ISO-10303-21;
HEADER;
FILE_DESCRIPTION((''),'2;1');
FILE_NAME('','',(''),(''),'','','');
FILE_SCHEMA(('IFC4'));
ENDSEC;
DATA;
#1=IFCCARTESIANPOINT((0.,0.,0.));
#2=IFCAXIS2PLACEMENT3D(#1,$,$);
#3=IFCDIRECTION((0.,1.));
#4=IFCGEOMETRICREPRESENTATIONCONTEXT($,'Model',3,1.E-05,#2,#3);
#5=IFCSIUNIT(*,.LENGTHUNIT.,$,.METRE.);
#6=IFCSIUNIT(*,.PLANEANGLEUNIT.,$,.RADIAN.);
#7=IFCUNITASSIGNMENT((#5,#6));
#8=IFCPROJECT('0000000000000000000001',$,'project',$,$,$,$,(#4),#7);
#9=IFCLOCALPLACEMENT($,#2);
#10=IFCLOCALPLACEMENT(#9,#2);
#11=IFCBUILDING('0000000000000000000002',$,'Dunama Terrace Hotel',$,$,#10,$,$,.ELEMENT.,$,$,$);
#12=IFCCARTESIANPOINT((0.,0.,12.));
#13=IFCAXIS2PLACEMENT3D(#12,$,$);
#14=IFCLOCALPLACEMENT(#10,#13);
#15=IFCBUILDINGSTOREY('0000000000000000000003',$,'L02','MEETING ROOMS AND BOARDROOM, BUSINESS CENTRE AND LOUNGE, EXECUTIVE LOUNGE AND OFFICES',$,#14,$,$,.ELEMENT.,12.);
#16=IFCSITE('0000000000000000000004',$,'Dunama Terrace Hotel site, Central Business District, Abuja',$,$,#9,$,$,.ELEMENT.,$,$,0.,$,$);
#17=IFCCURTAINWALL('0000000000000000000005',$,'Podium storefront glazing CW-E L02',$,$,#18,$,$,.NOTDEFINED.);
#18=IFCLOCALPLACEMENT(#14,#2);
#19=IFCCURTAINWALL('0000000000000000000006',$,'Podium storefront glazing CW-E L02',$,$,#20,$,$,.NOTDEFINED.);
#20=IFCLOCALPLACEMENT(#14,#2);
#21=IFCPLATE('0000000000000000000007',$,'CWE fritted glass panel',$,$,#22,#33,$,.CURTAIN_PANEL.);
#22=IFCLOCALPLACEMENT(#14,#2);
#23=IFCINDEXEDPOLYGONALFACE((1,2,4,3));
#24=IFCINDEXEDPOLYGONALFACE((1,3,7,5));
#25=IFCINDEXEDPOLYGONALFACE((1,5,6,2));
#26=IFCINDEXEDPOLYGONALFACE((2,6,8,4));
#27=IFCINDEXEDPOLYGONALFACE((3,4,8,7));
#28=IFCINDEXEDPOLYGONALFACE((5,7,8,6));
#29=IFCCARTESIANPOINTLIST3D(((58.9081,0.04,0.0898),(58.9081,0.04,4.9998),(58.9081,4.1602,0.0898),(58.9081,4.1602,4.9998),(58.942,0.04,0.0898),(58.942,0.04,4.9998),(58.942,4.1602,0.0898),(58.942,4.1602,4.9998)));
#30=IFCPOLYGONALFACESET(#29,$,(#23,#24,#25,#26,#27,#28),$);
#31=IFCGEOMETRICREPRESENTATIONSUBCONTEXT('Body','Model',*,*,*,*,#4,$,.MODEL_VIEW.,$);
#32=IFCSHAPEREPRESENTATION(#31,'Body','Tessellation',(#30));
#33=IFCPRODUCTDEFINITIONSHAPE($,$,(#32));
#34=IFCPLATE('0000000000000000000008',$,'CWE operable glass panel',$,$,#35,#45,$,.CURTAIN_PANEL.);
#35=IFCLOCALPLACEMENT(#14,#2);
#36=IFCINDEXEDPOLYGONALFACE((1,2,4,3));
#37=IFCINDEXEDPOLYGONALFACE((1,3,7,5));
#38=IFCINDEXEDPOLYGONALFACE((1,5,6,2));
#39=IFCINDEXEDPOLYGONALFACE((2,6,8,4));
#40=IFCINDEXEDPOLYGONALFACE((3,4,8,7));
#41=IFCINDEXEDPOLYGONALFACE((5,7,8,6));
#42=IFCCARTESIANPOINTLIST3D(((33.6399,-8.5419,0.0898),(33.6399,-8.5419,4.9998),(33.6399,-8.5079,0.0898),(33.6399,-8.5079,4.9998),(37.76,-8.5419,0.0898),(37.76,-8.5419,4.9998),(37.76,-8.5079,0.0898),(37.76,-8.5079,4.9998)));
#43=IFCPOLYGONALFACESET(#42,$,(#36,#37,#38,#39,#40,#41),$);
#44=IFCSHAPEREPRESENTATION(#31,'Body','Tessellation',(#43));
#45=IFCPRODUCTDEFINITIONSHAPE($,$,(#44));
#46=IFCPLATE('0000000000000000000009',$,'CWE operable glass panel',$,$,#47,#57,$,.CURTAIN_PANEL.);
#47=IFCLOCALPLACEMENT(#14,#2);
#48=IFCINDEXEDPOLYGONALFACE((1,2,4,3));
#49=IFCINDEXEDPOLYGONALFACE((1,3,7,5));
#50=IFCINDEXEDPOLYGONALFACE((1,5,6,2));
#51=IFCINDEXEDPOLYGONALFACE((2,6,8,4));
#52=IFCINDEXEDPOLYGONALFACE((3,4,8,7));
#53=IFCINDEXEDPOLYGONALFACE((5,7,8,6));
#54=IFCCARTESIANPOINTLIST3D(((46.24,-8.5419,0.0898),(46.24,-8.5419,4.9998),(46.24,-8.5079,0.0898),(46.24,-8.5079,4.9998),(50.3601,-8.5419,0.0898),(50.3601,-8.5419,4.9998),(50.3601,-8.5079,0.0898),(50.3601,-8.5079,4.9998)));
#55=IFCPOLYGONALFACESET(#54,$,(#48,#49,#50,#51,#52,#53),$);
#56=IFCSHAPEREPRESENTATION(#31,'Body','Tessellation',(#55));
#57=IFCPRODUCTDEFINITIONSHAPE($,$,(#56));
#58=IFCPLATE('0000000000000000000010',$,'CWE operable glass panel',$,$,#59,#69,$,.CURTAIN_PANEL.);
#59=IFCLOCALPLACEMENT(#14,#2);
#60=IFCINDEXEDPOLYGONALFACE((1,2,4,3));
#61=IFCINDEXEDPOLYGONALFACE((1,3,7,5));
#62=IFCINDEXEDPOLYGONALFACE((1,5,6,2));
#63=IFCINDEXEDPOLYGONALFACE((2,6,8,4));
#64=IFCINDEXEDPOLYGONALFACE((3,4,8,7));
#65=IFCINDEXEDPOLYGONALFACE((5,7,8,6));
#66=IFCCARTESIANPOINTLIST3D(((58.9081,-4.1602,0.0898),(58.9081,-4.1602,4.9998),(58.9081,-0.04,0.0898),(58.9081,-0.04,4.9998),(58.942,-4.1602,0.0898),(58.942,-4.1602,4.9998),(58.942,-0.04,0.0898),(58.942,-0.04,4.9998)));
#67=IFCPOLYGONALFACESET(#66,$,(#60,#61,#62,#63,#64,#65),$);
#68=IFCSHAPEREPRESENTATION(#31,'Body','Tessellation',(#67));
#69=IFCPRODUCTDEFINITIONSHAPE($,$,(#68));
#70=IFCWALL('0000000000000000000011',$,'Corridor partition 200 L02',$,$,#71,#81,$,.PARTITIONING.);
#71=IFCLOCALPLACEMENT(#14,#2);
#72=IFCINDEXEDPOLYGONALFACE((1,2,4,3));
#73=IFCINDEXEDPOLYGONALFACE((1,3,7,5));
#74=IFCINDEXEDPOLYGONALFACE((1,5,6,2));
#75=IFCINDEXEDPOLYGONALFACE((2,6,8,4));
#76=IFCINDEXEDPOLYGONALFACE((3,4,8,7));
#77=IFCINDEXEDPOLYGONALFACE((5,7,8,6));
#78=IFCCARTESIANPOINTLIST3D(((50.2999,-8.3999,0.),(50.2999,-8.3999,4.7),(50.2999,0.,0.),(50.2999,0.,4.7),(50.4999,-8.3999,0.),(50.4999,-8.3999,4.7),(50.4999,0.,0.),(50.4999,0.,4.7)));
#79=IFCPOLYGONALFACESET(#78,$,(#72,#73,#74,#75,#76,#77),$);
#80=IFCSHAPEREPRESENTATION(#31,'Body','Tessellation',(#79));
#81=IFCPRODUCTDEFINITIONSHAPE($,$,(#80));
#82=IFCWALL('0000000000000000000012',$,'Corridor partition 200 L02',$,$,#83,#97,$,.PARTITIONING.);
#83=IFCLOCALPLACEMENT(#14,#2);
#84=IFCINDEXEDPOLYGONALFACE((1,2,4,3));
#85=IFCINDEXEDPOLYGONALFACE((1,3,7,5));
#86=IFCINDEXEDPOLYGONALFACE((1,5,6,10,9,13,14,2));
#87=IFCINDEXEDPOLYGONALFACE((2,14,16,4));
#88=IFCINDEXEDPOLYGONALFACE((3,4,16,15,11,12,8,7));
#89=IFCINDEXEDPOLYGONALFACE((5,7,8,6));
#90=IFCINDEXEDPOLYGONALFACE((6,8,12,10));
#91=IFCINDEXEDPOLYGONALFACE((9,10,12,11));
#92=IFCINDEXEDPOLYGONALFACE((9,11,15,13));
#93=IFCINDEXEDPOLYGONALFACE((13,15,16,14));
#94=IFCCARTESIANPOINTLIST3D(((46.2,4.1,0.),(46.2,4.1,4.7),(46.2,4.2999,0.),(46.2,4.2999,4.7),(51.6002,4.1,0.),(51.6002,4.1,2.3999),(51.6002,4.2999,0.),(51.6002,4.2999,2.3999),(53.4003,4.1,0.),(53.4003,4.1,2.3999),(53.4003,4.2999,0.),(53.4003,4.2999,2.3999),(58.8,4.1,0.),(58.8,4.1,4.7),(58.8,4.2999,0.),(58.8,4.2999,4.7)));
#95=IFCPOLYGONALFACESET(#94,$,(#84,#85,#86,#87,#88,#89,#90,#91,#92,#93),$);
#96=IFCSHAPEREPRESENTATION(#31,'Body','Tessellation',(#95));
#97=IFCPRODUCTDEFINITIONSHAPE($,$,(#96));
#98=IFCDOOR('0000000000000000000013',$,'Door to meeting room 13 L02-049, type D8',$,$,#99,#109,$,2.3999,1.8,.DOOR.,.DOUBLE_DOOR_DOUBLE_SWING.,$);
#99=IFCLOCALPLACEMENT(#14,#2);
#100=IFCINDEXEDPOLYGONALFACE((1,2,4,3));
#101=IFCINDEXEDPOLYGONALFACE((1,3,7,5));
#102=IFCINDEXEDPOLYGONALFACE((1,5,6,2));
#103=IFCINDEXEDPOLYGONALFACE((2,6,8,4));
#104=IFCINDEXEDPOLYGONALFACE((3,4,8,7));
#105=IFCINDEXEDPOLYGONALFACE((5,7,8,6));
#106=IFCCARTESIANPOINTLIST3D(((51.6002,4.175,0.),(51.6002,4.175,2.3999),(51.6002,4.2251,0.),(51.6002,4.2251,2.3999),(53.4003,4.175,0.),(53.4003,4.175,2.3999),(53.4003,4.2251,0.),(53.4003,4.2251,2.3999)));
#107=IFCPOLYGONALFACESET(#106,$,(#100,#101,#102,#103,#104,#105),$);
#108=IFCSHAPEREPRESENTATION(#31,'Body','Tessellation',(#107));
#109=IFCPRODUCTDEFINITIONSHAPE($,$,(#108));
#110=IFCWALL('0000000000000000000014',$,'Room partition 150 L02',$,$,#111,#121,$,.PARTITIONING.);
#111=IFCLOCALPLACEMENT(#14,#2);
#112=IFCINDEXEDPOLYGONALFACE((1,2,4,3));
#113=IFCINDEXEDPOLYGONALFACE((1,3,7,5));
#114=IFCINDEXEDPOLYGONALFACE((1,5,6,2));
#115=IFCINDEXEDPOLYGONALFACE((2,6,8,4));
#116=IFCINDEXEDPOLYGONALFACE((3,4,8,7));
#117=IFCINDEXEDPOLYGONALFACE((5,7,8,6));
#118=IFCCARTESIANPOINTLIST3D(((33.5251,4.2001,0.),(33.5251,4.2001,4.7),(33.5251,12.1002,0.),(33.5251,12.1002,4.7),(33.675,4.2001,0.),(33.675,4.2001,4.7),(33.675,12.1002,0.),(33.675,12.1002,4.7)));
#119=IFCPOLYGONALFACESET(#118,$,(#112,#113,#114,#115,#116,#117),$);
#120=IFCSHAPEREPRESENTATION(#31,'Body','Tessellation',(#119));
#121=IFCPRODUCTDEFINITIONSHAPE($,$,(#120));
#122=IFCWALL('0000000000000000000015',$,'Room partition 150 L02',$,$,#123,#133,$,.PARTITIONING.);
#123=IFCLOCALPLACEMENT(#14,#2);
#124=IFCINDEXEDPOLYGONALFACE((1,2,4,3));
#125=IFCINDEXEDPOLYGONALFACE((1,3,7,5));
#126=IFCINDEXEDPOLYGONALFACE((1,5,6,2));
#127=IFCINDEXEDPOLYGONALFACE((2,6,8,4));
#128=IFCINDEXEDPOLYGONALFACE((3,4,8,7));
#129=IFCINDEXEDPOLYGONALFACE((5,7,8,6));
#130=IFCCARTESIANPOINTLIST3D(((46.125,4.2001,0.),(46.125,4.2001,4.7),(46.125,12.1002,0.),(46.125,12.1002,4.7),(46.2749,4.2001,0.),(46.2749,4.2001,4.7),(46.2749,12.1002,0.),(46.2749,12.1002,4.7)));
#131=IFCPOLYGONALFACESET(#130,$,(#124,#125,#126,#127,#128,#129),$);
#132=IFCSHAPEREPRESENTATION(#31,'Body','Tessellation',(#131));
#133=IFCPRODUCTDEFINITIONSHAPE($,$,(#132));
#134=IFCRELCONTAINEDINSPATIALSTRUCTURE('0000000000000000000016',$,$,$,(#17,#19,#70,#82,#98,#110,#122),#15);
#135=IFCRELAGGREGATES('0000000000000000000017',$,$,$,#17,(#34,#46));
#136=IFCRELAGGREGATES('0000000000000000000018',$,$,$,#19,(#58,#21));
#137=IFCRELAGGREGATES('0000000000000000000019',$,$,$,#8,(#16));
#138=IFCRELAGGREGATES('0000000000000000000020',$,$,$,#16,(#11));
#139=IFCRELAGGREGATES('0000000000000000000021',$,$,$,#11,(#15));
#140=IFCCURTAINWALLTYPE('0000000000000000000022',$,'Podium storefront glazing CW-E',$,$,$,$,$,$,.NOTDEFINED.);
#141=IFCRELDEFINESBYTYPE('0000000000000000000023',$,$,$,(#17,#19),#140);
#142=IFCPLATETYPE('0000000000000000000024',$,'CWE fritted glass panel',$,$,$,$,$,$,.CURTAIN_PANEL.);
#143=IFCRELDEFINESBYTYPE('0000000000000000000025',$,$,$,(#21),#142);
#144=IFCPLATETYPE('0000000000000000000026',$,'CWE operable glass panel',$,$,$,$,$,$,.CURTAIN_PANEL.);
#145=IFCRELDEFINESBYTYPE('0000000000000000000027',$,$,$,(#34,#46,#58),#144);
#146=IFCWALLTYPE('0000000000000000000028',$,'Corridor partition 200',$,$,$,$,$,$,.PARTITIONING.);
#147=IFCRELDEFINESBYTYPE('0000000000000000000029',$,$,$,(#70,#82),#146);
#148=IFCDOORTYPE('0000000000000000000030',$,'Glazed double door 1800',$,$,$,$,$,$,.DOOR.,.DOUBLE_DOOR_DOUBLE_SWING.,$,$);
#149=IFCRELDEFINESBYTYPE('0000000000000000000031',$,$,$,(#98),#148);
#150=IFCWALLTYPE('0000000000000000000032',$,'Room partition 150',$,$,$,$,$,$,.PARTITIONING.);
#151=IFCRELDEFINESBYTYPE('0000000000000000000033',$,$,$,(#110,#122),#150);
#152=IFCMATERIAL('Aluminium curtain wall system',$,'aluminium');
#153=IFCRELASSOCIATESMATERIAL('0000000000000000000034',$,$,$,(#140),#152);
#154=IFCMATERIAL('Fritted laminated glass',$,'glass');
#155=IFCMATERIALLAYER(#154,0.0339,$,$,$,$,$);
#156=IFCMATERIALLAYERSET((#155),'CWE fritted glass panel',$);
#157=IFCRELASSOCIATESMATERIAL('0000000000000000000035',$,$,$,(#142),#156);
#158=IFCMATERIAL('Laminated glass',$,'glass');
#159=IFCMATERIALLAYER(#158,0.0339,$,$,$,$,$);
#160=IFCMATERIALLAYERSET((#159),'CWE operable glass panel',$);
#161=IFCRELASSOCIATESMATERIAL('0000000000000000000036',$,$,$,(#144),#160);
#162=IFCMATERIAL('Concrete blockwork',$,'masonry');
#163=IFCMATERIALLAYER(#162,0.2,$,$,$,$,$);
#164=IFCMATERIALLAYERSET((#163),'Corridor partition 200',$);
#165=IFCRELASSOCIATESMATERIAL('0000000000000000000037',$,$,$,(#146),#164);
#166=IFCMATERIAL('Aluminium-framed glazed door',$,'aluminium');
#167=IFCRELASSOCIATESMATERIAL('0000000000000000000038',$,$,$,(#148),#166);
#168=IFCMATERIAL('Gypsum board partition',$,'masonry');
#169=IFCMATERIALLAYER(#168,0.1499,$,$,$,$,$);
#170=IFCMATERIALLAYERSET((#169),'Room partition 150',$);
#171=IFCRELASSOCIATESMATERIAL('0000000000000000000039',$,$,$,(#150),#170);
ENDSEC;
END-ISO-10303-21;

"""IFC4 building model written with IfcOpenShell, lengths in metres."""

from ifc_helpers import new_model, si_unit, direction, frame, frame_2d, origin, origin_2d, place, context, subcontext, project, spatial, rectangle, extrude, material, layer, layer_set, type_object, element, fill, aggregate, save


model = new_model("IFC4")

# Units and contexts
model_context = context("Model", 3, precision=1e-05, world=origin(), true_north=direction((0.0, 1.0)))
body_context = subcontext(model_context, "Body", "Model", "MODEL_VIEW")
ifc_project = project(units=[si_unit("LENGTHUNIT", "METRE"), si_unit("PLANEANGLEUNIT", "RADIAN")], contexts=[model_context])

# Site, building, storey
site_placement = place(None, origin())
site = spatial("IfcSite", under=ifc_project, at=site_placement, Name="Dunama Terrace Hotel site, Central Business District, Abuja", CompositionType="ELEMENT", RefElevation=0.0)
building_placement = place(site_placement, origin())
building = spatial("IfcBuilding", under=site, at=building_placement, Name="Dunama Terrace Hotel", CompositionType="ELEMENT")
storey_placement = place(building_placement, frame((0.0, 0.0, 12.0)))
storey = spatial("IfcBuildingStorey", under=building, at=storey_placement, Name="L02", Description="MEETING ROOMS AND BOARDROOM, BUSINESS CENTRE AND LOUNGE, EXECUTIVE LOUNGE AND OFFICES", CompositionType="ELEMENT", Elevation=12.0)

# Curtain walls
ifc_material_1 = material(Name="Aluminium curtain wall system", Category="aluminium")
curtain_wall_type = type_object("IfcCurtainWallType", Name="Podium storefront glazing CW-E", PredefinedType="NOTDEFINED", material=ifc_material_1)
curtain_wall_1_placement = place(storey_placement, origin())
curtain_wall_1 = element("IfcCurtainWall", 1, at=curtain_wall_1_placement, inside=storey, type_object=curtain_wall_type, Name="Podium storefront glazing CW-E L02", PredefinedType="NOTDEFINED")
curtain_wall_2_placement = place(storey_placement, origin())
curtain_wall_2 = element("IfcCurtainWall", 2, at=curtain_wall_2_placement, inside=storey, type_object=curtain_wall_type, Name="Podium storefront glazing CW-E L02", PredefinedType="NOTDEFINED")

# Plates
ifc_material_2 = material(Name="Fritted laminated glass", Category="glass")
ifc_layer_1 = layer(ifc_material_2, 0.0339)
ifc_layer_set_1 = layer_set([ifc_layer_1], Name="CWE fritted glass panel")
plate_type_1 = type_object("IfcPlateType", Name="CWE fritted glass panel", PredefinedType="CURTAIN_PANEL", material=ifc_layer_set_1)
plate_1_placement = place(storey_placement, frame((58.925, 2.1001, 0.0898), z_axis=(0.0, 0.0, 1.0), x_axis=(0.0, 1.0, 0.0)))
plate_1 = element("IfcPlate", 3, at=plate_1_placement, type_object=plate_type_1, Name="CWE fritted glass panel", PredefinedType="CURTAIN_PANEL", context=body_context, shape_type="SweptSolid", body=[
    extrude(rectangle(XDim=4.1201, YDim=0.0339, at=origin_2d()), origin(), (0.0, 0.0, 1.0), 4.9099),
])
ifc_material_3 = material(Name="Laminated glass", Category="glass")
ifc_layer_2 = layer(ifc_material_3, 0.0339)
ifc_layer_set_2 = layer_set([ifc_layer_2], Name="CWE operable glass panel")
plate_type_2 = type_object("IfcPlateType", Name="CWE operable glass panel", PredefinedType="CURTAIN_PANEL", material=ifc_layer_set_2)
plate_2_placement = place(storey_placement, frame((35.7, -8.5249, 0.0898), z_axis=(0.0, 0.0, 1.0), x_axis=(1.0, 0.0, 0.0)))
plate_2 = element("IfcPlate", 4, at=plate_2_placement, type_object=plate_type_2, Name="CWE operable glass panel", PredefinedType="CURTAIN_PANEL", context=body_context, shape_type="SweptSolid", body=[
    extrude(rectangle(XDim=4.1201, YDim=0.0339, at=origin_2d()), origin(), (0.0, 0.0, 1.0), 4.9099),
])
plate_3_placement = place(storey_placement, frame((48.3, -8.5249, 0.0898), z_axis=(0.0, 0.0, 1.0), x_axis=(1.0, 0.0, 0.0)))
plate_3 = element("IfcPlate", 5, at=plate_3_placement, type_object=plate_type_2, Name="CWE operable glass panel", PredefinedType="CURTAIN_PANEL", context=body_context, shape_type="SweptSolid", body=[
    extrude(rectangle(XDim=4.1201, YDim=0.0339, at=origin_2d()), origin(), (0.0, 0.0, 1.0), 4.9099),
])
aggregate(curtain_wall_1, [plate_2, plate_3])
plate_4_placement = place(storey_placement, frame((58.925, -2.1001, 0.0898), z_axis=(0.0, 0.0, 1.0), x_axis=(0.0, 1.0, 0.0)))
plate_4 = element("IfcPlate", 6, at=plate_4_placement, type_object=plate_type_2, Name="CWE operable glass panel", PredefinedType="CURTAIN_PANEL", context=body_context, shape_type="SweptSolid", body=[
    extrude(rectangle(XDim=4.1201, YDim=0.0339, at=origin_2d()), origin(), (0.0, 0.0, 1.0), 4.9099),
])
aggregate(curtain_wall_2, [plate_4, plate_1])

# Wall
ifc_material_4 = material(Name="Concrete blockwork", Category="masonry")
ifc_layer_3 = layer(ifc_material_4, 0.2)
ifc_layer_set_3 = layer_set([ifc_layer_3], Name="Corridor partition 200")
wall_type_1 = type_object("IfcWallType", Name="Corridor partition 200", PredefinedType="PARTITIONING", material=ifc_layer_set_3)
wall_1_placement = place(storey_placement, frame((50.3999, 0.0, 0.0), z_axis=(0.0, 0.0, 1.0), x_axis=(0.0, -1.0, 0.0)))
element("IfcWall", 7, at=wall_1_placement, inside=storey, type_object=wall_type_1, Name="Corridor partition 200 L02", PredefinedType="PARTITIONING", context=body_context, shape_type="SweptSolid", body=[
    extrude(rectangle(XDim=8.3999, YDim=0.2, at=frame_2d((4.2, 0.0))), origin(), (0.0, 0.0, 1.0), 4.7),
])

# Wall, opening, door
wall_2_placement = place(storey_placement, frame((58.8, 4.2, 0.0), z_axis=(0.0, 0.0, 1.0), x_axis=(-1.0, 0.0, 0.0)))
wall_2 = element("IfcWall", 8, at=wall_2_placement, inside=storey, type_object=wall_type_1, Name="Corridor partition 200 L02", PredefinedType="PARTITIONING", context=body_context, shape_type="SweptSolid", body=[
    extrude(rectangle(XDim=12.6001, YDim=0.2, at=frame_2d((6.3, 0.0))), origin(), (0.0, 0.0, 1.0), 4.7),
])
opening_placement = place(wall_2_placement, frame((5.3999, 0.0, 0.0)))
opening = element("IfcOpeningElement", 9, at=opening_placement, cuts=wall_2, PredefinedType="OPENING", context=body_context, shape_type="SweptSolid", body=[
    extrude(rectangle(XDim=1.8, YDim=2.3999, at=frame_2d((0.8999, 1.2))), frame((0.0, 0.1099, 0.0), z_axis=(0.0, -1.0, 0.0), x_axis=(1.0, 0.0, 0.0)), (0.0, 0.0, 1.0), 0.22),
])
ifc_material_5 = material(Name="Aluminium-framed glazed door", Category="aluminium")
door_type = type_object("IfcDoorType", Name="Glazed double door 1800", OperationType="DOUBLE_DOOR_DOUBLE_SWING", PredefinedType="DOOR", material=ifc_material_5)
door_placement = place(opening_placement, origin())
door = element("IfcDoor", 10, at=door_placement, inside=storey, type_object=door_type, Name="Door to meeting room 13 L02-049, type D8", OperationType="DOUBLE_DOOR_DOUBLE_SWING", OverallHeight=2.3999, OverallWidth=1.8, PredefinedType="DOOR", context=body_context, shape_type="SweptSolid", body=[
    extrude(rectangle(XDim=1.8, YDim=2.3999, at=frame_2d((0.8999, 1.2))), frame((0.0, 0.0249, 0.0), z_axis=(0.0, -1.0, 0.0), x_axis=(1.0, 0.0, 0.0)), (0.0, 0.0, 1.0), 0.05),
])
fill(opening, door)

# Walls
ifc_material_6 = material(Name="Gypsum board partition", Category="masonry")
ifc_layer_4 = layer(ifc_material_6, 0.1499)
ifc_layer_set_4 = layer_set([ifc_layer_4], Name="Room partition 150")
wall_type_2 = type_object("IfcWallType", Name="Room partition 150", PredefinedType="PARTITIONING", material=ifc_layer_set_4)
for number, where, z_axis, x_axis, name in (
    (11, (33.6001, 4.2, 0.0), (0.0, 0.0, 1.0), (0.0, 1.0, 0.0), "Room partition 150 L02"),
    (12, (46.2, 4.2, 0.0), (0.0, 0.0, 1.0), (0.0, 1.0, 0.0), "Room partition 150 L02"),
):
    element("IfcWall", number, at=place(storey_placement, frame(where, z_axis=z_axis, x_axis=x_axis)), inside=storey, type_object=wall_type_2, Name=name, PredefinedType="PARTITIONING", context=body_context, shape_type="SweptSolid", body=[
        extrude(rectangle(XDim=7.9001, YDim=0.1499, at=frame_2d((3.9502, 0.0))), origin(), (0.0, 0.0, 1.0), 4.7),
    ])

save(model, "model.ifc")
